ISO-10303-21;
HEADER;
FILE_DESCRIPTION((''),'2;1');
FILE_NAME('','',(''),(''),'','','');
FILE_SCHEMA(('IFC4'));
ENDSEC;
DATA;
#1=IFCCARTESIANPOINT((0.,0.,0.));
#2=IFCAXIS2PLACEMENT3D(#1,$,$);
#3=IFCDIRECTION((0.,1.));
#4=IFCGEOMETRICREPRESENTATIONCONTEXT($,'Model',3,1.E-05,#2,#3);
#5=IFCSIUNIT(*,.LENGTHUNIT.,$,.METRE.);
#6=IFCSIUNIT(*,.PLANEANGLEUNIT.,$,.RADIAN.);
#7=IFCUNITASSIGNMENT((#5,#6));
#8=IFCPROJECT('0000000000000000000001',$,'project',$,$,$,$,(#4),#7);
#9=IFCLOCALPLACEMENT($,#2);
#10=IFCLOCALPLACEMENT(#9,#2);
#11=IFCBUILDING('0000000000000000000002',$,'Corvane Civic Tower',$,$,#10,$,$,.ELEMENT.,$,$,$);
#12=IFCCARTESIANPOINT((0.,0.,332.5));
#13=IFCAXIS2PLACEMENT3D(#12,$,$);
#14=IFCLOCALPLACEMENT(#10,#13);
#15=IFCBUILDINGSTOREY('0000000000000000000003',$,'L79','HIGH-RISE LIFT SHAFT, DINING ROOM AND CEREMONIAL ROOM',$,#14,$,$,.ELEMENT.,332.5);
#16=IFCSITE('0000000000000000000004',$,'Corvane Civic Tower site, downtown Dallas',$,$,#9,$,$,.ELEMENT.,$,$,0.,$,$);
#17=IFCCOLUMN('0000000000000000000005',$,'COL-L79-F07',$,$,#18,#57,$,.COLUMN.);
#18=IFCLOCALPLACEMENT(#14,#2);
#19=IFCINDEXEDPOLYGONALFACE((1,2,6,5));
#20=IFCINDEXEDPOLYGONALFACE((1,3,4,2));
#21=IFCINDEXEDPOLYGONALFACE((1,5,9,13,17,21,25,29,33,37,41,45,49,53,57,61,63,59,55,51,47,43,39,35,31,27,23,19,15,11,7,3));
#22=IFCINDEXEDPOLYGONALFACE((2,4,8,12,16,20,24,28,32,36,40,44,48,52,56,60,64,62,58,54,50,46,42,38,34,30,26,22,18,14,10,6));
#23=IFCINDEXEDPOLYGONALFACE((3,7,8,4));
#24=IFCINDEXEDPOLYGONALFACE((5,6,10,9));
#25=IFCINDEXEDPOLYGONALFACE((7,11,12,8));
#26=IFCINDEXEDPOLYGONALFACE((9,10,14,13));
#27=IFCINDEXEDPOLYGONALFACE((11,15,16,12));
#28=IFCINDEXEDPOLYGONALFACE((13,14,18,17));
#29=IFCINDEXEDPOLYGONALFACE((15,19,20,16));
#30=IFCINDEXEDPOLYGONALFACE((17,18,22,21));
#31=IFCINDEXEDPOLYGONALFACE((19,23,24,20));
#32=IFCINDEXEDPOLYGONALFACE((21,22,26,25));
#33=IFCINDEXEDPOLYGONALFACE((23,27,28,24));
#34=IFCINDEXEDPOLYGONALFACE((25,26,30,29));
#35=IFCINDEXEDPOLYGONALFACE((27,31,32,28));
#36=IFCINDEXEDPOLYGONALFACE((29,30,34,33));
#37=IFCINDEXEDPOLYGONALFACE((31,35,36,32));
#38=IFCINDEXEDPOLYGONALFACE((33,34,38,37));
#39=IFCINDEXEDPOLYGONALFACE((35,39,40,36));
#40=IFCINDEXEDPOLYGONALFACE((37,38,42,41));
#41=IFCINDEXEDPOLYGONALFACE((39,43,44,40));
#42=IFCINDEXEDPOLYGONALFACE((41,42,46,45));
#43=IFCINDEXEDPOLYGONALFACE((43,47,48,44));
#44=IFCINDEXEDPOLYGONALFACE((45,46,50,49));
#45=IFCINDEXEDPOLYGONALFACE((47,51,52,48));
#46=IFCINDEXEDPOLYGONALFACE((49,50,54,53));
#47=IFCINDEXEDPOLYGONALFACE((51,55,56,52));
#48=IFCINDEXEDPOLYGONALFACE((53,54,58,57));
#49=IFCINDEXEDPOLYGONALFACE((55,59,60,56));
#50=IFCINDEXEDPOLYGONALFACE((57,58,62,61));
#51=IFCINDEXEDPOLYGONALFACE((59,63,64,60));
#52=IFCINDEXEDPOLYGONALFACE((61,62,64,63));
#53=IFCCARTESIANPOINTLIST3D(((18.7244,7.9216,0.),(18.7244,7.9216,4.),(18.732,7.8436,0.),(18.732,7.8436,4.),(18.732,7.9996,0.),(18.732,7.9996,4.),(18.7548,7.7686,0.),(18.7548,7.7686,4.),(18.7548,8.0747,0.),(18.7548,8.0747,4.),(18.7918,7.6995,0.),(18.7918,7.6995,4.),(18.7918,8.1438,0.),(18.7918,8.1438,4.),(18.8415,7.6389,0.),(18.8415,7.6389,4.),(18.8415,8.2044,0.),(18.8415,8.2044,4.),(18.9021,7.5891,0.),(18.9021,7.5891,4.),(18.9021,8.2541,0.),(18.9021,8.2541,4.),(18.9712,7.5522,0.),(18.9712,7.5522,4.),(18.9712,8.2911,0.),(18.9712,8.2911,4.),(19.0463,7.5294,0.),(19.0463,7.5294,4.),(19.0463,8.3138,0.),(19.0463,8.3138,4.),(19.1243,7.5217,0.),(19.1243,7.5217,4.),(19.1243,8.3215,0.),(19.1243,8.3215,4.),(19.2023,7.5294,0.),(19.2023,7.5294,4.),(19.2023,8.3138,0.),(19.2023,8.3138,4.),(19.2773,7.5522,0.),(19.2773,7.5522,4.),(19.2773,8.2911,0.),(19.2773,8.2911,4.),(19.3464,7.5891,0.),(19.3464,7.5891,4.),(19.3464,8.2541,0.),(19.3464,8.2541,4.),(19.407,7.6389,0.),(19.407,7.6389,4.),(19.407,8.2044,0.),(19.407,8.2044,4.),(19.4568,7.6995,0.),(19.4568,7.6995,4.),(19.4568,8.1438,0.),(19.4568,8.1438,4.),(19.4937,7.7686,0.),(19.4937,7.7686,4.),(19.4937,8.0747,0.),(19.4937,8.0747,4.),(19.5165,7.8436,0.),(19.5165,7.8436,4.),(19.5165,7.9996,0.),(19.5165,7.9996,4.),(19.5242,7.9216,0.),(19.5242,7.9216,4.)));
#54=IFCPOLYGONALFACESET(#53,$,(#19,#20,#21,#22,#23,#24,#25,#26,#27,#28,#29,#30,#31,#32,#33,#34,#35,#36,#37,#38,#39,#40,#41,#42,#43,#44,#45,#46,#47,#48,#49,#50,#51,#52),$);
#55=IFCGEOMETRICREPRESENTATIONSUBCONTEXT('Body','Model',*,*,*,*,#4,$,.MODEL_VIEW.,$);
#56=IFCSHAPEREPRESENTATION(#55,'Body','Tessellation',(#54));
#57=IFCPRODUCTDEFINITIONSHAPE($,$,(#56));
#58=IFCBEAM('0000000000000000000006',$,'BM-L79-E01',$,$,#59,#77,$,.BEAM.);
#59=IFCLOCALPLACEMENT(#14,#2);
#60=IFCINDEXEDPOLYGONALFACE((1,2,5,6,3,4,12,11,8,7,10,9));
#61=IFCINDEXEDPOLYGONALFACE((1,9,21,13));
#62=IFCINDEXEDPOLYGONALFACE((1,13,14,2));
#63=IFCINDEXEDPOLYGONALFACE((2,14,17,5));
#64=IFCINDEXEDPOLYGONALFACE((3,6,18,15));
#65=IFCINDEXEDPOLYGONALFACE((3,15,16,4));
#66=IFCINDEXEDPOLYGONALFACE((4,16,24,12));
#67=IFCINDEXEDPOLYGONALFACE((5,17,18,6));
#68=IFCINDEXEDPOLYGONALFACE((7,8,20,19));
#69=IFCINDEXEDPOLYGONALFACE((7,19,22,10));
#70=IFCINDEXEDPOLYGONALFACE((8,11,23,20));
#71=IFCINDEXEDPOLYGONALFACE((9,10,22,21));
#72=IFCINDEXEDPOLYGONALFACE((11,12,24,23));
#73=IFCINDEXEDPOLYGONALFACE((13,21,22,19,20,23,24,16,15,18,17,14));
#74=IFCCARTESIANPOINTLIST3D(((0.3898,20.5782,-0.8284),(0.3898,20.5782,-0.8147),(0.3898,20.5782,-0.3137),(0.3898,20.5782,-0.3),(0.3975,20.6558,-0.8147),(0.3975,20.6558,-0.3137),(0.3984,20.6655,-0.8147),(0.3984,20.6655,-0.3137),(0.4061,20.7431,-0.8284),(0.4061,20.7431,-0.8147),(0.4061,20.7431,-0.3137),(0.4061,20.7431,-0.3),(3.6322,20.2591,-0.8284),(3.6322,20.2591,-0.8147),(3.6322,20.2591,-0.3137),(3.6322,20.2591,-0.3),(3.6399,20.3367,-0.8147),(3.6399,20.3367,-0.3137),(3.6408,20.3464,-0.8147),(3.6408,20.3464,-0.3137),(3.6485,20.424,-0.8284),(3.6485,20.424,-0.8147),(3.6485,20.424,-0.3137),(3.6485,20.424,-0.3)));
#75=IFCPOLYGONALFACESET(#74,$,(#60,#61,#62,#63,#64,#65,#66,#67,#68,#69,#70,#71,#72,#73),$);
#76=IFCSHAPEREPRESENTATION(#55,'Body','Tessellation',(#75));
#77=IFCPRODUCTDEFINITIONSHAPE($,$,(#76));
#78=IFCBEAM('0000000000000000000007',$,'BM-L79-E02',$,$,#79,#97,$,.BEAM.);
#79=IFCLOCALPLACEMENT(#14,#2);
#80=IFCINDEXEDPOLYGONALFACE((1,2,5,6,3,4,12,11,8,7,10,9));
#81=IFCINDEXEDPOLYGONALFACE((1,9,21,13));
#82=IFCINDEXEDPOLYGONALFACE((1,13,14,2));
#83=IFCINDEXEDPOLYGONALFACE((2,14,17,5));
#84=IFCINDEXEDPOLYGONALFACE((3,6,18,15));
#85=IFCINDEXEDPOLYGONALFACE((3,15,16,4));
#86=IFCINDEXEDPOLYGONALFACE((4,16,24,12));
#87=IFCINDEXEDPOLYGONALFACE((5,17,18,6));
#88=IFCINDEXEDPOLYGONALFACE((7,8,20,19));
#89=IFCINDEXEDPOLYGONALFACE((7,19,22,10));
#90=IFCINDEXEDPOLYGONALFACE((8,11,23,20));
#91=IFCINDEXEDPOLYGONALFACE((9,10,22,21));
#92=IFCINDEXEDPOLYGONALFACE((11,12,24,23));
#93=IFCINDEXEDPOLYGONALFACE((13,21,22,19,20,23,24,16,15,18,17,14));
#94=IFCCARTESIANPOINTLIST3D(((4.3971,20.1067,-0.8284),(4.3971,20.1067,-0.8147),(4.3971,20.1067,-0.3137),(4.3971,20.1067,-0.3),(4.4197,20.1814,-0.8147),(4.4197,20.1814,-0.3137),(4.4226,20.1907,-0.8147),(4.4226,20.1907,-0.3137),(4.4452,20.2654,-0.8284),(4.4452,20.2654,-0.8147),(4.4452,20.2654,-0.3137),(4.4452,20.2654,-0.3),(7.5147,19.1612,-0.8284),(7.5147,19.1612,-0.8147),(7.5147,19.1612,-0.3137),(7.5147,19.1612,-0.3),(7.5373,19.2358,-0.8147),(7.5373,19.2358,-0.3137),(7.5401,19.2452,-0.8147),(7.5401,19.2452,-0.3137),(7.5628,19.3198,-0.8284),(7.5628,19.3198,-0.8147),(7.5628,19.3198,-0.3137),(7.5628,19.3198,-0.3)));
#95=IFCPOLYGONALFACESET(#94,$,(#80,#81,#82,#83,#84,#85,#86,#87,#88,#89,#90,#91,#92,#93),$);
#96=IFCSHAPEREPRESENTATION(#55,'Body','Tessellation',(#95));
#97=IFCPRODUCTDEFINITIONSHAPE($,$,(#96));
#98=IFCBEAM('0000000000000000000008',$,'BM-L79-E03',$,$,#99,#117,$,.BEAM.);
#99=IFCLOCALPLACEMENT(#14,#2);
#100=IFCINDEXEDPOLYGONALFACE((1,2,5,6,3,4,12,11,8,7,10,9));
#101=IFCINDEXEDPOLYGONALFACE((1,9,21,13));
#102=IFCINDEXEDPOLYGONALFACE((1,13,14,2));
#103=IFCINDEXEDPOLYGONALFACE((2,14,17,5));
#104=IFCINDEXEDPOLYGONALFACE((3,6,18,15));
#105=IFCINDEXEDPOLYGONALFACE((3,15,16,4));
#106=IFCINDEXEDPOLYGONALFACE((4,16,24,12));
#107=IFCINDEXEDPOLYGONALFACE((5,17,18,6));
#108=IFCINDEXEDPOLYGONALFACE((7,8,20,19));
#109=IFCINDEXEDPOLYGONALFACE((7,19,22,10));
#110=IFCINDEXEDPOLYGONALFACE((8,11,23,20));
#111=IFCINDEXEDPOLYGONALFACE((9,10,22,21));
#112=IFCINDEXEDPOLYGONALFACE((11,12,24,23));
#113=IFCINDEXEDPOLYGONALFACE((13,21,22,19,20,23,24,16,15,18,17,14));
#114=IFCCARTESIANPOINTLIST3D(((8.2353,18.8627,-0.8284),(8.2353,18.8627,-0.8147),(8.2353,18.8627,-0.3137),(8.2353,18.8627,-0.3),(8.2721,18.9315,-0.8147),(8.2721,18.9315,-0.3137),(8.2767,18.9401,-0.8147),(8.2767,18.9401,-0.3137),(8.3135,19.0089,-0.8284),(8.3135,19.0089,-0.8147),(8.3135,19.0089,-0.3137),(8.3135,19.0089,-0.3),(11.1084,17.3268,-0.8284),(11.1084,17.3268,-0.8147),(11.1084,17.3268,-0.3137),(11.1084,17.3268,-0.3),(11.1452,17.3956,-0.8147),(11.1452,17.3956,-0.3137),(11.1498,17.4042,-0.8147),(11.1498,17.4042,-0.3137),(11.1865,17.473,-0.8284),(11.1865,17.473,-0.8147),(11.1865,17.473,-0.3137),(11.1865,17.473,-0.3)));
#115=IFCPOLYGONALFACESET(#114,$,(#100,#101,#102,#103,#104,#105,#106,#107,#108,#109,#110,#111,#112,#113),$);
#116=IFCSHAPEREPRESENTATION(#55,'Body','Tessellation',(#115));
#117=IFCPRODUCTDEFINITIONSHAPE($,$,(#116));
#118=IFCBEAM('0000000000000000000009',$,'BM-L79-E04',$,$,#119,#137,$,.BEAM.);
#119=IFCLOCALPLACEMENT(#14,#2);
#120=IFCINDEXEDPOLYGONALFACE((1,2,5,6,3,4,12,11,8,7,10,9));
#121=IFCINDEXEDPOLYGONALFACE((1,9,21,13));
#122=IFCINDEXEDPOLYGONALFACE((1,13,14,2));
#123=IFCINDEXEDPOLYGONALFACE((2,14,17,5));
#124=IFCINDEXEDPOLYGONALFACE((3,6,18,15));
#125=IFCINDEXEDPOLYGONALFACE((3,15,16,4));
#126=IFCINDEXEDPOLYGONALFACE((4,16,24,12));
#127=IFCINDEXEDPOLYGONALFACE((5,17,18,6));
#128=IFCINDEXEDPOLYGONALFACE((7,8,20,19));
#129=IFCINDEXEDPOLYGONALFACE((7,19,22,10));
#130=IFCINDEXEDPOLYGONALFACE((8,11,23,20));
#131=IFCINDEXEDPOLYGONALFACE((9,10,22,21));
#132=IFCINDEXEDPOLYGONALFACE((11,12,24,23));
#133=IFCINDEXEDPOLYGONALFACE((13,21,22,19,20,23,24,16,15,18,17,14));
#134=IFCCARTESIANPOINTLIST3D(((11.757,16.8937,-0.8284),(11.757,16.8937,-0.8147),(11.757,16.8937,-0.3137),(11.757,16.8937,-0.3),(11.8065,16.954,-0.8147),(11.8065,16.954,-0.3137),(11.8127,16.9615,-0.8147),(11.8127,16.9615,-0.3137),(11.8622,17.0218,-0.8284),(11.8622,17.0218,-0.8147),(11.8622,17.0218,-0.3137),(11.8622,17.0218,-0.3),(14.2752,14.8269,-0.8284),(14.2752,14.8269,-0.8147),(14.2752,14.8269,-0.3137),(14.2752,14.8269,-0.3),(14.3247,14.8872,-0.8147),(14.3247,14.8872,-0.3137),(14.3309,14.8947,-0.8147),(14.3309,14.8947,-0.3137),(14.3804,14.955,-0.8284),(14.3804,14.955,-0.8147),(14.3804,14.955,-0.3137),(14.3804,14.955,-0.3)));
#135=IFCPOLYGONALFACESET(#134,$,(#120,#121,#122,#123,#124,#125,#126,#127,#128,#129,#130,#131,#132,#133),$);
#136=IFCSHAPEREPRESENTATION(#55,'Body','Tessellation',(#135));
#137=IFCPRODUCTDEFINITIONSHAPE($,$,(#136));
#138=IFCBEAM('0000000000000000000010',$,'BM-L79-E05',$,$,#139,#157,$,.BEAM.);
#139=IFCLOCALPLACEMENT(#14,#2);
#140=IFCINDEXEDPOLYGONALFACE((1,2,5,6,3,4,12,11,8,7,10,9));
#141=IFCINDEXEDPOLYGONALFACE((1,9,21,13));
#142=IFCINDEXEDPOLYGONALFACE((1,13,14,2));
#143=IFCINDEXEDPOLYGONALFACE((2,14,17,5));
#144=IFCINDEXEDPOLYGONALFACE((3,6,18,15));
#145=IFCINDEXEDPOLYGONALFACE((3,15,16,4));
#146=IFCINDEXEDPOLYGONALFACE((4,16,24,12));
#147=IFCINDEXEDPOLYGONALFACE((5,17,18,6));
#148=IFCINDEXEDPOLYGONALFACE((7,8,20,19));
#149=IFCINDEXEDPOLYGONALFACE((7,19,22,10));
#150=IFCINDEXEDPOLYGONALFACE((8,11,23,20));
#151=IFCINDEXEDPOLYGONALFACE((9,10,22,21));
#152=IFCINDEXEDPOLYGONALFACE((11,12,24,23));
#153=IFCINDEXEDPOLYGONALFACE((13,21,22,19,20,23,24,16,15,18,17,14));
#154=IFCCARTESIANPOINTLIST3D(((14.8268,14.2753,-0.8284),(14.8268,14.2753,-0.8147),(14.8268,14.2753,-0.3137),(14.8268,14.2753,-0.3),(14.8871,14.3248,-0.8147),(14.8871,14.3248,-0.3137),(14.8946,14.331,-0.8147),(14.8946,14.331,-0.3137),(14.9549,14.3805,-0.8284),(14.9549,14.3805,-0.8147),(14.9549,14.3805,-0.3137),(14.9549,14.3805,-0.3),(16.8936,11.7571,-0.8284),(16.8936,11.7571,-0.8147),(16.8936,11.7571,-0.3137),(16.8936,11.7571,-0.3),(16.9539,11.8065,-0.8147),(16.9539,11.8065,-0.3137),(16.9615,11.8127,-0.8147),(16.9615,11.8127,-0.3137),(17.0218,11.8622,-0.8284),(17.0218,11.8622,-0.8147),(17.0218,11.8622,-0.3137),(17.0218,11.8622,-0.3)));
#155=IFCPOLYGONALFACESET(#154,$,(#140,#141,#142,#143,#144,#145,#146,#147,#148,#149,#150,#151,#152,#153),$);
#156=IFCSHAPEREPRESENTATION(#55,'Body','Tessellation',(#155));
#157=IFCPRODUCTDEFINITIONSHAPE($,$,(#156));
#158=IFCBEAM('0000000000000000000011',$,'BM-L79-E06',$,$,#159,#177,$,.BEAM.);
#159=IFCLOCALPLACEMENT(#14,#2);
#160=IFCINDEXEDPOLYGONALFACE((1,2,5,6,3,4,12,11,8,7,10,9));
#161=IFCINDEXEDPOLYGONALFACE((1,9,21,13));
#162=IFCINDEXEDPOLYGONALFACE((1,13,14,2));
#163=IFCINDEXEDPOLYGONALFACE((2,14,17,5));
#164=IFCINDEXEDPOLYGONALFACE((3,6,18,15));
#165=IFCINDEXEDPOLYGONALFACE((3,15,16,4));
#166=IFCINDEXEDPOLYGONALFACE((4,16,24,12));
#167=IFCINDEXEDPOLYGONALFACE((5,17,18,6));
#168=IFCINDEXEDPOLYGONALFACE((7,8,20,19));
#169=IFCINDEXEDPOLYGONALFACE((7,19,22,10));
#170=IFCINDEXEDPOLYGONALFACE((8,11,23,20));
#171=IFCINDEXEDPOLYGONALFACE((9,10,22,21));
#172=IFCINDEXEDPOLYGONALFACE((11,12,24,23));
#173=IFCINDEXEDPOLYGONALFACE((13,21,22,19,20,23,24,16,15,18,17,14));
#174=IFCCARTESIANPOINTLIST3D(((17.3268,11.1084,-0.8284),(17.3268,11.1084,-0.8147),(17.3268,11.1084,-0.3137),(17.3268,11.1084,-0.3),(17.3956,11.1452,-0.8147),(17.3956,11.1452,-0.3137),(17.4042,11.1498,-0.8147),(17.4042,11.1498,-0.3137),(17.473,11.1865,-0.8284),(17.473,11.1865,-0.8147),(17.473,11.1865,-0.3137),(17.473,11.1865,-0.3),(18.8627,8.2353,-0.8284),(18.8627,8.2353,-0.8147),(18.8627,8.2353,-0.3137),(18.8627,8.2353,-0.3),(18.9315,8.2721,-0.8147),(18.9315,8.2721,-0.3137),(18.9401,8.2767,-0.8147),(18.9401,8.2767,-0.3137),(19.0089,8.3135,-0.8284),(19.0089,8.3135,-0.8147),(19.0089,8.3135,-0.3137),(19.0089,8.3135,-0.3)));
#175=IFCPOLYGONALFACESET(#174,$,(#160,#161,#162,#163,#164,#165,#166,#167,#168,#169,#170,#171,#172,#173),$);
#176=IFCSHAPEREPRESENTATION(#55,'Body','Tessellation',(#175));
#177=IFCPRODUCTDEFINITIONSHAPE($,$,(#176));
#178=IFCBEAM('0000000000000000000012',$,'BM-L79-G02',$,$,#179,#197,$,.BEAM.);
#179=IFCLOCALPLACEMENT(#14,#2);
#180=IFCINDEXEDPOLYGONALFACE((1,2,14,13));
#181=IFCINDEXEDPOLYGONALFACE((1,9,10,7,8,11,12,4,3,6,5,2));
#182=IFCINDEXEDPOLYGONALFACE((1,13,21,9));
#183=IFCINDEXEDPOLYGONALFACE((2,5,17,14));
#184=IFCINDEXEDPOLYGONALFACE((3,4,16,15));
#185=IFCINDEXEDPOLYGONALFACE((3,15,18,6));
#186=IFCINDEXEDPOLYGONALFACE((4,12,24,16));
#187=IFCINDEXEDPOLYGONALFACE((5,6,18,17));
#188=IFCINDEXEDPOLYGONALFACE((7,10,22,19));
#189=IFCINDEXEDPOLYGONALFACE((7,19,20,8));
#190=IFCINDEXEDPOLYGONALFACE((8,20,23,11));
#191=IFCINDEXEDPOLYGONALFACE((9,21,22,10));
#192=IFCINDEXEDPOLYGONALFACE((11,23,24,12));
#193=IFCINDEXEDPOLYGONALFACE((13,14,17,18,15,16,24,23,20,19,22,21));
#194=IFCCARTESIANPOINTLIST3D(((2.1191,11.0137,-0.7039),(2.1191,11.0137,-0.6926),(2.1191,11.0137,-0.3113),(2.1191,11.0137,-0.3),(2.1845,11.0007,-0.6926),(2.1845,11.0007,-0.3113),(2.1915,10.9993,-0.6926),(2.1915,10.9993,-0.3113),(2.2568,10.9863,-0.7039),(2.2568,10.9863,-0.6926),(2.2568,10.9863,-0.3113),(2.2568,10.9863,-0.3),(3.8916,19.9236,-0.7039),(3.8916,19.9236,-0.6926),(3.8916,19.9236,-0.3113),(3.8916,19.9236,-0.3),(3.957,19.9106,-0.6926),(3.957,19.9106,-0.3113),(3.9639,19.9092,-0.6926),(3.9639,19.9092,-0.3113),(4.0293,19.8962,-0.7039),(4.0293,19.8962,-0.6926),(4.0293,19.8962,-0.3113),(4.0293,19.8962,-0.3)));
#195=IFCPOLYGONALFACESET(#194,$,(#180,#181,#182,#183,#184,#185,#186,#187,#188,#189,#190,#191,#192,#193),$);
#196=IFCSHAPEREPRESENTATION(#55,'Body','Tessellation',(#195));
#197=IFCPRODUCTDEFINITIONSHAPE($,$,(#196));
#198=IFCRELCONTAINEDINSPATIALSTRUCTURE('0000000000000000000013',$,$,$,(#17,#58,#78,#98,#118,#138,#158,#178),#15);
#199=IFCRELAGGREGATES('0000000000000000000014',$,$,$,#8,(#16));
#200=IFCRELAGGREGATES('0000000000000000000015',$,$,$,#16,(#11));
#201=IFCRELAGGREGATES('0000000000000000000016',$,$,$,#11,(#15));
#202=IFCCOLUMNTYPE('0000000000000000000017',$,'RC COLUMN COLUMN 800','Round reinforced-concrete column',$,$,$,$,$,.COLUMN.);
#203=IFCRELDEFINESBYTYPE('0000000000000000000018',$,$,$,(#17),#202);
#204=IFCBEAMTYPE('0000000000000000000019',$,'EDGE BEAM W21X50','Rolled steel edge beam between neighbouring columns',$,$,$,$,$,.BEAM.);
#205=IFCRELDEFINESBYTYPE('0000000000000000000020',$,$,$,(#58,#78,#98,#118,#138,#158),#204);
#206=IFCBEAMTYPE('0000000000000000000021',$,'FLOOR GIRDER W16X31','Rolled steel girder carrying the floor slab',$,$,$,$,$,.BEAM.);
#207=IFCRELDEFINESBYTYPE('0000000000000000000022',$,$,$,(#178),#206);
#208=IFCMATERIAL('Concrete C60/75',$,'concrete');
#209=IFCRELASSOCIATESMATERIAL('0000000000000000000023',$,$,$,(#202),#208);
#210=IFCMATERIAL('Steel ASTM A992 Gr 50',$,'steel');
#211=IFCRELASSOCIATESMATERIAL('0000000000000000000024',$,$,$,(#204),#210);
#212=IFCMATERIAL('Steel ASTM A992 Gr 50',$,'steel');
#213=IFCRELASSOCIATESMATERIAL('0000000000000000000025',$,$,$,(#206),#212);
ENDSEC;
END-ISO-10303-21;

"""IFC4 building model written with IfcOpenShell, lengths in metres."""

from ifc_helpers import new_model, si_unit, direction, frame, origin, origin_2d, place, context, subcontext, project, spatial, circle, i_section, extrude, material, material_profile, profile_set, type_object, element, save


model = new_model("IFC4")

# Units and contexts
model_context = context("Model", 3, precision=1e-05, world=origin(), true_north=direction((0.0, 1.0)))
body_context = subcontext(model_context, "Body", "Model", "MODEL_VIEW")
ifc_project = project(units=[si_unit("LENGTHUNIT", "METRE"), si_unit("PLANEANGLEUNIT", "RADIAN")], contexts=[model_context])

# Site, building, storey
site_placement = place(None, origin())
site = spatial("IfcSite", under=ifc_project, at=site_placement, Name="Corvane Civic Tower site, downtown Dallas", CompositionType="ELEMENT", RefElevation=0.0)
building_placement = place(site_placement, origin())
building = spatial("IfcBuilding", under=site, at=building_placement, Name="Corvane Civic Tower", CompositionType="ELEMENT")
storey_placement = place(building_placement, frame((0.0, 0.0, 332.5)))
storey = spatial("IfcBuildingStorey", under=building, at=storey_placement, Name="L79", Description="HIGH-RISE LIFT SHAFT, DINING ROOM AND CEREMONIAL ROOM", CompositionType="ELEMENT", Elevation=332.5)

# Column
ifc_material_1 = material(Name="Concrete C60/75", Category="concrete")
ifc_material_profile_1 = material_profile(ifc_material_1, circle(Radius=0.3999, at=origin_2d()), Name="COLUMN 800")
ifc_profile_set_1 = profile_set([ifc_material_profile_1], Name="Concrete C60/75")
column_type = type_object("IfcColumnType", Name="RC COLUMN COLUMN 800", Description="Round reinforced-concrete column", PredefinedType="COLUMN", material=ifc_profile_set_1)
for number, where, z_axis, x_axis, name in (
    (1, (19.1243, 7.9216, 0.0), (0.0, 0.0, 1.0), (1.0, 0.0, 0.0), "COL-L79-F07"),
):
    element("IfcColumn", number, at=place(storey_placement, frame(where, z_axis=z_axis, x_axis=x_axis)), inside=storey, type_object=column_type, Name=name, PredefinedType="COLUMN", context=body_context, shape_type="SweptSolid", body=[
        extrude(circle(Radius=0.3999, at=origin_2d()), origin(), (0.0, 0.0, 1.0), 4.0),
    ])

# Beams
ifc_material_2 = material(Name="Steel ASTM A992 Gr 50", Category="steel")
ifc_material_profile_2 = material_profile(ifc_material_2, i_section(OverallWidth=0.1658, OverallDepth=0.5283, WebThickness=0.0098, FlangeThickness=0.0137, at=origin_2d()), Name="W21X50")
ifc_profile_set_2 = profile_set([ifc_material_profile_2], Name="Steel ASTM A992 Gr 50")
beam_type_1 = type_object("IfcBeamType", Name="EDGE BEAM W21X50", Description="Rolled steel edge beam between neighbouring columns", PredefinedType="BEAM", material=ifc_profile_set_2)
beam_1_placement = place(storey_placement, frame((0.3979, 20.6606, -0.5642), z_axis=(0.995193, -0.097938, 0.0), x_axis=(0.097938, 0.995193, 0.0)))
element("IfcBeam", 2, at=beam_1_placement, inside=storey, type_object=beam_type_1, Name="BM-L79-E01", PredefinedType="BEAM", context=body_context, shape_type="SweptSolid", body=[
    extrude(i_section(OverallWidth=0.1658, OverallDepth=0.5283, WebThickness=0.0098, FlangeThickness=0.0137, at=origin_2d()), origin(), (0.0, 0.0, 1.0), 3.2581),
])
for number, where, z_axis, x_axis, name in (
    (3, (4.4211, 20.186, -0.5642), (0.956956, -0.290234, 0.0), (0.290234, 0.956956, 0.0), "BM-L79-E02"),
    (4, (8.2744, 18.9358, -0.5642), (0.881894, -0.471448, 0.0), (0.471448, 0.881894, 0.0), "BM-L79-E03"),
    (5, (11.8096, 16.9578, -0.5642), (0.772985, -0.634425, 0.0), (0.634425, 0.772985, 0.0), "BM-L79-E04"),
    (6, (14.8909, 14.3279, -0.5642), (0.634425, -0.772985, 0.0), (0.772985, 0.634425, 0.0), "BM-L79-E05"),
    (7, (17.3999, 11.1475, -0.5642), (0.471448, -0.881894, 0.0), (0.881894, 0.471448, 0.0), "BM-L79-E06"),
):
    element("IfcBeam", number, at=place(storey_placement, frame(where, z_axis=z_axis, x_axis=x_axis)), inside=storey, type_object=beam_type_1, Name=name, PredefinedType="BEAM", context=body_context, shape_type="SweptSolid", body=[
        extrude(i_section(OverallWidth=0.1658, OverallDepth=0.5283, WebThickness=0.0098, FlangeThickness=0.0137, at=origin_2d()), origin(), (0.0, 0.0, 1.0), 3.2578),
    ])
ifc_material_3 = material(Name="Steel ASTM A992 Gr 50", Category="steel")
ifc_material_profile_3 = material_profile(ifc_material_3, i_section(OverallWidth=0.1404, OverallDepth=0.4038, WebThickness=0.0071, FlangeThickness=0.0112, at=origin_2d()), Name="W16X31")
ifc_profile_set_3 = profile_set([ifc_material_profile_3], Name="Steel ASTM A992 Gr 50")
beam_type_2 = type_object("IfcBeamType", Name="FLOOR GIRDER W16X31", Description="Rolled steel girder carrying the floor slab", PredefinedType="BEAM", material=ifc_profile_set_3)
beam_2_placement = place(storey_placement, frame((2.188, 11.0, -0.502), z_axis=(0.195108, 0.980782, 0.0), x_axis=(-0.980782, 0.195108, 0.0)))
element("IfcBeam", 8, at=beam_2_placement, inside=storey, type_object=beam_type_2, Name="BM-L79-G02", PredefinedType="BEAM", context=body_context, shape_type="SweptSolid", body=[
    extrude(i_section(OverallWidth=0.1404, OverallDepth=0.4038, WebThickness=0.0071, FlangeThickness=0.0112, at=origin_2d()), origin(), (0.0, 0.0, 1.0), 9.0845),
])

save(model, "model.ifc")
